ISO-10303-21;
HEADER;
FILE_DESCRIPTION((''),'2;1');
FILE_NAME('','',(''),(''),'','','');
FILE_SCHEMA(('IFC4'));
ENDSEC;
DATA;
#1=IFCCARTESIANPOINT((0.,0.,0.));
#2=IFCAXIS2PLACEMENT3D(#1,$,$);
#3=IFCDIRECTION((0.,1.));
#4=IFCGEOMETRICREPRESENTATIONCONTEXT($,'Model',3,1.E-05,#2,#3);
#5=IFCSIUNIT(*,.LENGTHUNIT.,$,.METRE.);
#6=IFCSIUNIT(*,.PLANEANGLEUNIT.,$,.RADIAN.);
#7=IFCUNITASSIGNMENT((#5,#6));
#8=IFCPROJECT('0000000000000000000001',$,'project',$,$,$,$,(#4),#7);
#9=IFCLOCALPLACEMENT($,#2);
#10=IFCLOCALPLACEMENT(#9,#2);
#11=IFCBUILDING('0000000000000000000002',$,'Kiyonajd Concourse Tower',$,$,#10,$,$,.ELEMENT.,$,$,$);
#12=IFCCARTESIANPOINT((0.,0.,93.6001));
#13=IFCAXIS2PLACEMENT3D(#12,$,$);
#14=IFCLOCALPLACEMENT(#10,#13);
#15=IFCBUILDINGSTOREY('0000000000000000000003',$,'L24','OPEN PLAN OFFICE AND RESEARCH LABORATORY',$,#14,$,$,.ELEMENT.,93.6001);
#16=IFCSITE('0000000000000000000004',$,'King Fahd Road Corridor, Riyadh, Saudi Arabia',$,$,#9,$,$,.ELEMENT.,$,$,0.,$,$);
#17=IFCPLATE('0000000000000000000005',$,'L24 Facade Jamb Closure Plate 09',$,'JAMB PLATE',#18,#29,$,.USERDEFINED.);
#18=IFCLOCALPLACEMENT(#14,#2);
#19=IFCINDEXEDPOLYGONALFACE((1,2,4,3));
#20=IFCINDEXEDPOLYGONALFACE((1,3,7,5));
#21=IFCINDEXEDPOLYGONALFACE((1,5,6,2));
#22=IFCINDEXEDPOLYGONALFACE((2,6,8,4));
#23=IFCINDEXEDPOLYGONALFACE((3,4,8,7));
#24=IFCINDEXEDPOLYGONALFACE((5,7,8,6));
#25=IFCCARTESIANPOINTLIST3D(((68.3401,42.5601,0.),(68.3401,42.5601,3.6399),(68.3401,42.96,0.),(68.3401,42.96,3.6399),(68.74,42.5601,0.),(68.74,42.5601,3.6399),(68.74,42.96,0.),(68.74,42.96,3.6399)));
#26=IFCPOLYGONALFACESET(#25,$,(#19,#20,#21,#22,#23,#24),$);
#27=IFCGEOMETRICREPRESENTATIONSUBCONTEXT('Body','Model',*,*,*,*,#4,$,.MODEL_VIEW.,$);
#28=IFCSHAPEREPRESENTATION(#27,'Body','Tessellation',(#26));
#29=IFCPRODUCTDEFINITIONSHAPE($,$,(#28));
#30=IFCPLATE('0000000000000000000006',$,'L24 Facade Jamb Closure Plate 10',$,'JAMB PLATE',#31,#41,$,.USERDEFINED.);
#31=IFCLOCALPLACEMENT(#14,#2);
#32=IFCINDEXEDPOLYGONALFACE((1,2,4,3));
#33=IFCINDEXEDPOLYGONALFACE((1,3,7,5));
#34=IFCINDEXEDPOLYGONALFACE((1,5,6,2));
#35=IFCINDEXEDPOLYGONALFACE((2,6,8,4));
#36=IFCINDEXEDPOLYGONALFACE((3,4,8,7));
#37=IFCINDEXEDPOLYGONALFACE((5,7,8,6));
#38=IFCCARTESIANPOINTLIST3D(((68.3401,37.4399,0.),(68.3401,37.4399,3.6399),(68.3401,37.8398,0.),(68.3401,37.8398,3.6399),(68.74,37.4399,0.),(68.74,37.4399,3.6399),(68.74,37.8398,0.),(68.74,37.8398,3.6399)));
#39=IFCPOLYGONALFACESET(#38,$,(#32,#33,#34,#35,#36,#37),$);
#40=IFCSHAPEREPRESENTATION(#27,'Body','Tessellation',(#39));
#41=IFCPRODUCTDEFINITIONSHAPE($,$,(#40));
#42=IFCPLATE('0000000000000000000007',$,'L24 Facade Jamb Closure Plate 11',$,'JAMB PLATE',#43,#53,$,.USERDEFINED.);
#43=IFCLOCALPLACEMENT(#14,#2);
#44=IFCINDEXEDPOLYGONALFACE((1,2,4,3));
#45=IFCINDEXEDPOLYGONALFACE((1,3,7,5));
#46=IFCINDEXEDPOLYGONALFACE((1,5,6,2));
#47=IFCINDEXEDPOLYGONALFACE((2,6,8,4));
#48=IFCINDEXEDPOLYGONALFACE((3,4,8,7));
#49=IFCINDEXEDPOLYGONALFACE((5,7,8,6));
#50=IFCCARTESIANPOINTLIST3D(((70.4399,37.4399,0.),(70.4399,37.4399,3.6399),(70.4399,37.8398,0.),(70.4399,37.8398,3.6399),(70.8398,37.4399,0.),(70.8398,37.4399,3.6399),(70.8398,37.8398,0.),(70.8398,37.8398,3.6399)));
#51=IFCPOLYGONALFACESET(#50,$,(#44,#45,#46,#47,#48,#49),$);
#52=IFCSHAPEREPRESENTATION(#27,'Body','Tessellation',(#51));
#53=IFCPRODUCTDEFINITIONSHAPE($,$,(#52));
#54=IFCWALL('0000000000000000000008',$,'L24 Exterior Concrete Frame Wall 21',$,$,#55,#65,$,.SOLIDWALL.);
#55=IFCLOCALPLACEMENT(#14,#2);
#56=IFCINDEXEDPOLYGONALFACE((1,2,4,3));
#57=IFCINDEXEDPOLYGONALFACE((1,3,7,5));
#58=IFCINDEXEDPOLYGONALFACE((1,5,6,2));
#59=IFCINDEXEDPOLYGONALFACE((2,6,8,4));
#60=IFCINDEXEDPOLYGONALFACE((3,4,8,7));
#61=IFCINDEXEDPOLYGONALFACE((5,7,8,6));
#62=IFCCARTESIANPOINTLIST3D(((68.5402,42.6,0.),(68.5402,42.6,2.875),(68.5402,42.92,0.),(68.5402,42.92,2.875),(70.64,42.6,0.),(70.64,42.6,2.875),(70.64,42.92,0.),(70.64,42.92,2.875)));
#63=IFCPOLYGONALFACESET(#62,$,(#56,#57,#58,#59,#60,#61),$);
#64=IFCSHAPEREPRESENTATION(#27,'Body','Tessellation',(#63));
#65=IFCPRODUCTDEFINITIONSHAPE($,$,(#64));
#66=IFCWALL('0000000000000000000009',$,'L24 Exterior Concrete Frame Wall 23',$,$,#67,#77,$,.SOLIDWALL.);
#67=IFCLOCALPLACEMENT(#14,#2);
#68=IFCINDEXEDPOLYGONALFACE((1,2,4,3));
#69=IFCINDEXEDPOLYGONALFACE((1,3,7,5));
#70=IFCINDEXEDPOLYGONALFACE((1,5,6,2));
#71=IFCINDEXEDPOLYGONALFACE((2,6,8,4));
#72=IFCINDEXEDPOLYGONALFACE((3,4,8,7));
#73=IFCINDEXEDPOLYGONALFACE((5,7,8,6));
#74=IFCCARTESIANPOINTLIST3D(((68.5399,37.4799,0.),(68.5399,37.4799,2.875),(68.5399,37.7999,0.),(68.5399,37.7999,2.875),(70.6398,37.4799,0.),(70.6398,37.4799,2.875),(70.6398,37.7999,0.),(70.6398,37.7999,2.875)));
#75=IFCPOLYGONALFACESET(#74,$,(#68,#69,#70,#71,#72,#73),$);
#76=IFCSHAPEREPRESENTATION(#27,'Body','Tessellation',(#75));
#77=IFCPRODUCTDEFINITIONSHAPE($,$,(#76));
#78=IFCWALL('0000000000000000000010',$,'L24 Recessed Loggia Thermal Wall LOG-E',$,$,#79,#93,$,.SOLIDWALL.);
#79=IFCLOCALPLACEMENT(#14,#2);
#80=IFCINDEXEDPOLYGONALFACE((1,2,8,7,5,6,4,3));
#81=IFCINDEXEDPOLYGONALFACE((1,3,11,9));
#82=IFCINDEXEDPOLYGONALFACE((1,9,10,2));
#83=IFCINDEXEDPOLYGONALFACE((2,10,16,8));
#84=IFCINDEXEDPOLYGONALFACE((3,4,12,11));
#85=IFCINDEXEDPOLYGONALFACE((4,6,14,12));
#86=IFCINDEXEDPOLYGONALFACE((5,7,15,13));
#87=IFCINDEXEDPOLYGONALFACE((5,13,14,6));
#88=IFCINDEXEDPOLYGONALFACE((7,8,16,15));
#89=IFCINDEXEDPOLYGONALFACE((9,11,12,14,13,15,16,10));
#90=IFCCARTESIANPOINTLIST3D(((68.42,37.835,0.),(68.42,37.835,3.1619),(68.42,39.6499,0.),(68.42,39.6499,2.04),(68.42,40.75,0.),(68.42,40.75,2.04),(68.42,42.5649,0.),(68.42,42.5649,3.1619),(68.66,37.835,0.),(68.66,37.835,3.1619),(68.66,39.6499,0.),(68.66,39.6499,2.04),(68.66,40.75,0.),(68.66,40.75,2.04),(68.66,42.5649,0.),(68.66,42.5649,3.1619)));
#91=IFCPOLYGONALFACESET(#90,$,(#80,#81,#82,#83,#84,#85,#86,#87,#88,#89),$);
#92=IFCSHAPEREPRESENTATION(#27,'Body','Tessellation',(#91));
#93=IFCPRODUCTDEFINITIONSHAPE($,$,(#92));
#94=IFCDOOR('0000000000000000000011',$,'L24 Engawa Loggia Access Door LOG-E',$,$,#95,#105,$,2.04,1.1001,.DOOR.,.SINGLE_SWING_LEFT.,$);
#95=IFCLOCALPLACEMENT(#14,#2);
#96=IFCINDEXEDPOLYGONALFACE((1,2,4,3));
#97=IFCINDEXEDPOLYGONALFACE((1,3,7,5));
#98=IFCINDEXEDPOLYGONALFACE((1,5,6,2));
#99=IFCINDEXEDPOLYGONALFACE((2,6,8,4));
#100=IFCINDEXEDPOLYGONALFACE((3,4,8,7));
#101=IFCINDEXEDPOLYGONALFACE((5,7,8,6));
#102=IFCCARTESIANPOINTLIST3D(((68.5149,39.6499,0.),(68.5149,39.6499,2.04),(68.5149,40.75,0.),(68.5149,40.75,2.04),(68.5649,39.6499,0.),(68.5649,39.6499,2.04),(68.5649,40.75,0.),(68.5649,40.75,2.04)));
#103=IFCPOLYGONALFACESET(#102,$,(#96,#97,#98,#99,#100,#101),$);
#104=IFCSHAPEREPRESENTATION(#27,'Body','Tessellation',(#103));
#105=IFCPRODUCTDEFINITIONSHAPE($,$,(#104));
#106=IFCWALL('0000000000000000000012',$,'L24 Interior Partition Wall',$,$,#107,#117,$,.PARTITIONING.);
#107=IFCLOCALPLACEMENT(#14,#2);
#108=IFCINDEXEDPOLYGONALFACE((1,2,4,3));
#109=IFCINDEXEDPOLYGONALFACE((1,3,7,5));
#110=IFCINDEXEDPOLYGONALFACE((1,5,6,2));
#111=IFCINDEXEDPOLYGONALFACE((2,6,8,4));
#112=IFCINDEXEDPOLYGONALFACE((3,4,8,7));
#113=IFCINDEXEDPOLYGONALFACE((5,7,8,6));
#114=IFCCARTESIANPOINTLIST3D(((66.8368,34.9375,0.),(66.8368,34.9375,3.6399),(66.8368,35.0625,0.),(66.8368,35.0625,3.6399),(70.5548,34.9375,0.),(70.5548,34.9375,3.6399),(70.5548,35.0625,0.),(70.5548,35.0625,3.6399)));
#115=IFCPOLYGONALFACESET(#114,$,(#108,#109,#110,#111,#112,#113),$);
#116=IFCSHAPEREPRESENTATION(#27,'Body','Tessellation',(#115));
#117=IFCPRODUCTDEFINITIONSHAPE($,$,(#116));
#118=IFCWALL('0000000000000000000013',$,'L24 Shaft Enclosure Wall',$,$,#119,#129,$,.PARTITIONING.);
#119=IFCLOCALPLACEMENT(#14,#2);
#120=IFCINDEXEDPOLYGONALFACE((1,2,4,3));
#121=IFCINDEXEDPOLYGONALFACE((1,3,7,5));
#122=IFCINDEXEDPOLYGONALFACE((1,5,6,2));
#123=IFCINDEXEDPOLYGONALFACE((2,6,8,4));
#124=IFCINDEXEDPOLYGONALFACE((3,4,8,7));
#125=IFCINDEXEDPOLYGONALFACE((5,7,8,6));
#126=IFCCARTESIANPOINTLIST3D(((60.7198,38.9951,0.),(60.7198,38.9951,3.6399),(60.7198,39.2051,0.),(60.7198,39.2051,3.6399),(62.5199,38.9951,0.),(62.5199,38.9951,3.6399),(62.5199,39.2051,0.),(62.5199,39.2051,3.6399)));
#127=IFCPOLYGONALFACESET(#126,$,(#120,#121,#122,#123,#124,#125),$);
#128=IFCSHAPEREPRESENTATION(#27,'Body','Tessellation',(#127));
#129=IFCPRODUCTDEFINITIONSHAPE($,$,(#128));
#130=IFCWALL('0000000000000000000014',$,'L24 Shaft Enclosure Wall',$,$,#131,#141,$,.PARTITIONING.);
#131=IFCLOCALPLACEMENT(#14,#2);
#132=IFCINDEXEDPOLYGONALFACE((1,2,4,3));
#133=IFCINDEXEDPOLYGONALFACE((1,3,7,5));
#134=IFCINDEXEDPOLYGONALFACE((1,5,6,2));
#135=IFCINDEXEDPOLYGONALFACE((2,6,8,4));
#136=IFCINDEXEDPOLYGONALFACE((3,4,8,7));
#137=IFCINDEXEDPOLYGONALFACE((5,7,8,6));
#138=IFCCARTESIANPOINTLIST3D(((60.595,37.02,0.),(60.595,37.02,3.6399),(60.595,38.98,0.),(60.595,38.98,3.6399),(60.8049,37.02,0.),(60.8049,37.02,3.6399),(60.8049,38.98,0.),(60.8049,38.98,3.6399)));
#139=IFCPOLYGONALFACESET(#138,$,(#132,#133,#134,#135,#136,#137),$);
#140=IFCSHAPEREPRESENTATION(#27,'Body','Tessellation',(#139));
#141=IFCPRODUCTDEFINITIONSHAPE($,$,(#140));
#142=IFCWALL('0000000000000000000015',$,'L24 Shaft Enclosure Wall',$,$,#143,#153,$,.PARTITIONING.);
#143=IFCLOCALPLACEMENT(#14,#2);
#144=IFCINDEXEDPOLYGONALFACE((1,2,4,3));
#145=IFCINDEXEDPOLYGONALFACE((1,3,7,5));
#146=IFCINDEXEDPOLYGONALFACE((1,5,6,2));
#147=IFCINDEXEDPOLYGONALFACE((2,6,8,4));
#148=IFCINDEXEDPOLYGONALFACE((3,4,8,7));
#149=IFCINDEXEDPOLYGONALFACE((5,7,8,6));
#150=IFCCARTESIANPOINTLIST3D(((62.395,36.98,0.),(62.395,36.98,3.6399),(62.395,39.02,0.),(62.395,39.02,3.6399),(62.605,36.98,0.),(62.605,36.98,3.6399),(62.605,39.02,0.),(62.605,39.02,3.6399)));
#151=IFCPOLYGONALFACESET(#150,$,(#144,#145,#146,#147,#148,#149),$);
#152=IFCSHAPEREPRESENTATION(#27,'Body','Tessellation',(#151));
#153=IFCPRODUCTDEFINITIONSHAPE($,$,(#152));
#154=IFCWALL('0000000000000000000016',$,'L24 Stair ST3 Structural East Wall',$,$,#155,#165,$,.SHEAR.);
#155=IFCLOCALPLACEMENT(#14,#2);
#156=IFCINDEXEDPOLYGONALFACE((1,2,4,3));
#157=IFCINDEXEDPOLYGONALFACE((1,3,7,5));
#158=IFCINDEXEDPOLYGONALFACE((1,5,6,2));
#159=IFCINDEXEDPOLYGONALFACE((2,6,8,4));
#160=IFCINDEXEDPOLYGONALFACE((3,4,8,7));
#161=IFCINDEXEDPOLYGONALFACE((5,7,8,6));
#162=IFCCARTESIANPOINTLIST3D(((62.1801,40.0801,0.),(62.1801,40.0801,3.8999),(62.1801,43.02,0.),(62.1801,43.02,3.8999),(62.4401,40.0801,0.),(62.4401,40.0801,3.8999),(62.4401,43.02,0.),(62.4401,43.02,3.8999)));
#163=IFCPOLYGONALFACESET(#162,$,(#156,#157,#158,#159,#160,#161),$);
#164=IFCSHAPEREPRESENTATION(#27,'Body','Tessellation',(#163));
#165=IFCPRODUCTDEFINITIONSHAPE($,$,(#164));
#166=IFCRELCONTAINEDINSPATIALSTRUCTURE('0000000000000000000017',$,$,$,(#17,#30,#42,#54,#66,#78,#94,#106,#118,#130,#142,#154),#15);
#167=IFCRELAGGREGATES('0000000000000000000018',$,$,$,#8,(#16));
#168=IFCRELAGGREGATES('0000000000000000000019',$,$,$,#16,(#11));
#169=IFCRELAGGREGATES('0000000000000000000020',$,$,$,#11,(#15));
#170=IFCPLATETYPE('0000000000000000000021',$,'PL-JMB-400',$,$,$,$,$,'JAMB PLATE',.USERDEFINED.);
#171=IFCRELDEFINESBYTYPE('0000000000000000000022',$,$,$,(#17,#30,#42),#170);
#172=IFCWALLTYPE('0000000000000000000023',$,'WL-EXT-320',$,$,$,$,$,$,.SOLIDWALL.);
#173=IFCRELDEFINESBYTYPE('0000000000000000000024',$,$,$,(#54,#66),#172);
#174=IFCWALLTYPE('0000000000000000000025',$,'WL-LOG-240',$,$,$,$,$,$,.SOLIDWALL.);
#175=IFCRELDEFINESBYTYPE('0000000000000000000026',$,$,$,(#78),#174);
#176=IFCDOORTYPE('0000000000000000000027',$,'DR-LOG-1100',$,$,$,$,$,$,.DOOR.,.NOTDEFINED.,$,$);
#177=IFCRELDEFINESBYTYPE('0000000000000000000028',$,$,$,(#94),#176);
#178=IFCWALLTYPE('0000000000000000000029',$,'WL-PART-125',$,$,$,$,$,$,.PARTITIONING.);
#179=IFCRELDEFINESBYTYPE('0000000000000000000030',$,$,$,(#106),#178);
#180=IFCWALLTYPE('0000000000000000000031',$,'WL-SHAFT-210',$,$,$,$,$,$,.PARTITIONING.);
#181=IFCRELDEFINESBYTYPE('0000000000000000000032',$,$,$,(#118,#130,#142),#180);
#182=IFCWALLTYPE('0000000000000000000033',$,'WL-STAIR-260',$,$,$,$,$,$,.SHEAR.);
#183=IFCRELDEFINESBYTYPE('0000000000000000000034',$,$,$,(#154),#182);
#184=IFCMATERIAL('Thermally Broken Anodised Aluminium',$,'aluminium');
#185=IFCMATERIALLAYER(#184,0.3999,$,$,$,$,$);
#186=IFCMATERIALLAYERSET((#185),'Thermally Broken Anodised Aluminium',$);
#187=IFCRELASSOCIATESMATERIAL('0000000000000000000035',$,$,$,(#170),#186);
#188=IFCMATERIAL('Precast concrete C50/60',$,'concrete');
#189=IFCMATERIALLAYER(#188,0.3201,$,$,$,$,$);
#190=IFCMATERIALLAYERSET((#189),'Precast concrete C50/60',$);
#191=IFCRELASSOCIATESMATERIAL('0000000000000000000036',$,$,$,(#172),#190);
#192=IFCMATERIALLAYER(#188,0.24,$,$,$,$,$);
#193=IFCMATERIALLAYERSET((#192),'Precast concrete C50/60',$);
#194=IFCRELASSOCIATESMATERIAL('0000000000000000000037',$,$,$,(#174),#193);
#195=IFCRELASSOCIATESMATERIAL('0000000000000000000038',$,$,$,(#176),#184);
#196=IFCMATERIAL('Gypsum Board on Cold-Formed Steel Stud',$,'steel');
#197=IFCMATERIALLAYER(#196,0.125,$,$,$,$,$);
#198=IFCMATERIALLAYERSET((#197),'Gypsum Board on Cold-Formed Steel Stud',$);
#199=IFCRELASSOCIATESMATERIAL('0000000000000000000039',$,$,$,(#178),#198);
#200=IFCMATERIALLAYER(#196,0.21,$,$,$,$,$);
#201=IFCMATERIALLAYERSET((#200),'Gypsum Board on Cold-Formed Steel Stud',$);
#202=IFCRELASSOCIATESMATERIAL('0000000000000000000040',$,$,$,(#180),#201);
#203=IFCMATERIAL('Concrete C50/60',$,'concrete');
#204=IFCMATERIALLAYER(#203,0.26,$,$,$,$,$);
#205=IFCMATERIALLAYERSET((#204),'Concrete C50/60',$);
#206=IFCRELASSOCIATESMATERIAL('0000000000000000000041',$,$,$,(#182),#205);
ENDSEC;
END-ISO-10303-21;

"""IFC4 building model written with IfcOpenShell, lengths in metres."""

from ifc_helpers import new_model, si_unit, direction, frame, frame_2d, origin, origin_2d, place, context, subcontext, project, spatial, rectangle, extrude, material, layer, layer_set, type_object, element, fill, save


model = new_model("IFC4")

# Units and contexts
model_context = context("Model", 3, precision=1e-05, world=origin(), true_north=direction((0.0, 1.0)))
body_context = subcontext(model_context, "Body", "Model", "MODEL_VIEW")
ifc_project = project(units=[si_unit("LENGTHUNIT", "METRE"), si_unit("PLANEANGLEUNIT", "RADIAN")], contexts=[model_context])

# Site, building, storey
site_placement = place(None, origin())
site = spatial("IfcSite", under=ifc_project, at=site_placement, Name="King Fahd Road Corridor, Riyadh, Saudi Arabia", CompositionType="ELEMENT", RefElevation=0.0)
building_placement = place(site_placement, origin())
building = spatial("IfcBuilding", under=site, at=building_placement, Name="Kiyonajd Concourse Tower", CompositionType="ELEMENT")
storey_placement = place(building_placement, frame((0.0, 0.0, 93.6001)))
storey = spatial("IfcBuildingStorey", under=building, at=storey_placement, Name="L24", Description="OPEN PLAN OFFICE AND RESEARCH LABORATORY", CompositionType="ELEMENT", Elevation=93.6001)

# Shared definitions
ifc_material_1 = material(Name="Precast concrete C50/60", Category="concrete")

# Shared definitions
ifc_material_2 = material(Name="Thermally Broken Anodised Aluminium", Category="aluminium")

# Plates
ifc_layer_1 = layer(ifc_material_2, 0.3999)
ifc_layer_set_1 = layer_set([ifc_layer_1], Name="Thermally Broken Anodised Aluminium")
plate_type_1 = type_object("IfcPlateType", Name="PL-JMB-400", ElementType="JAMB PLATE", PredefinedType="USERDEFINED", material=ifc_layer_set_1)
for number, where, z_axis, x_axis, name in (
    (1, (68.54, 42.76, 0.0), (0.0, 0.0, 1.0), (1.0, 0.0, 0.0), "L24 Facade Jamb Closure Plate 09"),
    (2, (68.54, 37.6399, 0.0), (0.0, 0.0, 1.0), (1.0, 0.0, 0.0), "L24 Facade Jamb Closure Plate 10"),
    (3, (70.6399, 37.6399, 0.0), (0.0, 0.0, 1.0), (1.0, 0.0, 0.0), "L24 Facade Jamb Closure Plate 11"),
):
    element("IfcPlate", number, at=place(storey_placement, frame(where, z_axis=z_axis, x_axis=x_axis)), inside=storey, type_object=plate_type_1, Name=name, ObjectType="JAMB PLATE", PredefinedType="USERDEFINED", context=body_context, shape_type="SweptSolid", body=[
        extrude(rectangle(XDim=0.3999, YDim=0.3999, at=origin_2d()), origin(), (0.0, 0.0, 1.0), 3.6399),
    ])

# Walls
ifc_layer_2 = layer(ifc_material_1, 0.3201)
ifc_layer_set_2 = layer_set([ifc_layer_2], Name="Precast concrete C50/60")
wall_type_1 = type_object("IfcWallType", Name="WL-EXT-320", PredefinedType="SOLIDWALL", material=ifc_layer_set_2)
for number, where, z_axis, x_axis, name in (
    (4, (70.6399, 42.76, 0.0), (0.0, 0.0, 1.0), (-1.0, 0.0, 0.0), "L24 Exterior Concrete Frame Wall 21"),
    (5, (68.54, 37.6399, 0.0), (0.0, 0.0, 1.0), (1.0, 0.0, 0.0), "L24 Exterior Concrete Frame Wall 23"),
):
    element("IfcWall", number, at=place(storey_placement, frame(where, z_axis=z_axis, x_axis=x_axis)), inside=storey, type_object=wall_type_1, Name=name, PredefinedType="SOLIDWALL", context=body_context, shape_type="SweptSolid", body=[
        extrude(rectangle(XDim=2.0999, YDim=0.3201, at=frame_2d((1.0498, 0.0))), origin(), (0.0, 0.0, 1.0), 2.875),
    ])

# Wall, opening, door
ifc_layer_3 = layer(ifc_material_1, 0.24)
ifc_layer_set_3 = layer_set([ifc_layer_3], Name="Precast concrete C50/60")
wall_type_2 = type_object("IfcWallType", Name="WL-LOG-240", PredefinedType="SOLIDWALL", material=ifc_layer_set_3)
wall_1_placement = place(storey_placement, frame((68.54, 42.5649, 0.0), z_axis=(0.0, 0.0, 1.0), x_axis=(0.0, -1.0, 0.0)))
wall_1 = element("IfcWall", 6, at=wall_1_placement, inside=storey, type_object=wall_type_2, Name="L24 Recessed Loggia Thermal Wall LOG-E", PredefinedType="SOLIDWALL", context=body_context, shape_type="SweptSolid", body=[
    extrude(rectangle(XDim=4.73, YDim=0.24, at=frame_2d((2.365, 0.0))), origin(), (0.0, 0.0, 1.0), 3.1619),
])
opening_placement = place(wall_1_placement, frame((1.8149, 0.0, 0.0)))
opening = element("IfcOpeningElement", 7, at=opening_placement, cuts=wall_1, PredefinedType="OPENING", context=body_context, shape_type="SweptSolid", body=[
    extrude(rectangle(XDim=1.1001, YDim=2.04, at=frame_2d((0.55, 1.02))), frame((0.0, 0.1299, 0.0), z_axis=(0.0, -1.0, 0.0), x_axis=(1.0, 0.0, 0.0)), (0.0, 0.0, 1.0), 0.26),
])
door_type = type_object("IfcDoorType", Name="DR-LOG-1100", OperationType="NOTDEFINED", PredefinedType="DOOR", material=ifc_material_2)
door_placement = place(opening_placement, origin())
door = element("IfcDoor", 8, at=door_placement, inside=storey, type_object=door_type, Name="L24 Engawa Loggia Access Door LOG-E", OperationType="SINGLE_SWING_LEFT", OverallHeight=2.04, OverallWidth=1.1001, PredefinedType="DOOR", context=body_context, shape_type="SweptSolid", body=[
    extrude(rectangle(XDim=1.1001, YDim=2.04, at=frame_2d((0.55, 1.02))), frame((0.0, 0.0249, 0.0), z_axis=(0.0, -1.0, 0.0), x_axis=(1.0, 0.0, 0.0)), (0.0, 0.0, 1.0), 0.05),
])
fill(opening, door)

# Walls
ifc_material_3 = material(Name="Gypsum Board on Cold-Formed Steel Stud", Category="steel")
ifc_layer_4 = layer(ifc_material_3, 0.125)
ifc_layer_set_4 = layer_set([ifc_layer_4], Name="Gypsum Board on Cold-Formed Steel Stud")
wall_type_3 = type_object("IfcWallType", Name="WL-PART-125", PredefinedType="PARTITIONING", material=ifc_layer_set_4)
wall_2_placement = place(storey_placement, frame((66.8369, 35.0, 0.0), z_axis=(0.0, 0.0, 1.0), x_axis=(1.0, 0.0, 0.0)))
element("IfcWall", 9, at=wall_2_placement, inside=storey, type_object=wall_type_3, Name="L24 Interior Partition Wall", PredefinedType="PARTITIONING", context=body_context, shape_type="SweptSolid", body=[
    extrude(rectangle(XDim=3.718, YDim=0.125, at=frame_2d((1.8589, 0.0))), origin(), (0.0, 0.0, 1.0), 3.6399),
])
ifc_layer_5 = layer(ifc_material_3, 0.21)
ifc_layer_set_5 = layer_set([ifc_layer_5], Name="Gypsum Board on Cold-Formed Steel Stud")
wall_type_4 = type_object("IfcWallType", Name="WL-SHAFT-210", PredefinedType="PARTITIONING", material=ifc_layer_set_5)
wall_3_placement = place(storey_placement, frame((60.72, 39.1001, 0.0), z_axis=(0.0, 0.0, 1.0), x_axis=(1.0, 0.0, 0.0)))
element("IfcWall", 10, at=wall_3_placement, inside=storey, type_object=wall_type_4, Name="L24 Shaft Enclosure Wall", PredefinedType="PARTITIONING", context=body_context, shape_type="SweptSolid", body=[
    extrude(rectangle(XDim=1.8, YDim=0.21, at=frame_2d((0.8999, 0.0))), origin(), (0.0, 0.0, 1.0), 3.6399),
])
wall_4_placement = place(storey_placement, frame((60.7, 37.02, 0.0), z_axis=(0.0, 0.0, 1.0), x_axis=(0.0, 1.0, 0.0)))
element("IfcWall", 11, at=wall_4_placement, inside=storey, type_object=wall_type_4, Name="L24 Shaft Enclosure Wall", PredefinedType="PARTITIONING", context=body_context, shape_type="SweptSolid", body=[
    extrude(rectangle(XDim=1.96, YDim=0.21, at=frame_2d((0.98, 0.0))), origin(), (0.0, 0.0, 1.0), 3.6399),
])
wall_5_placement = place(storey_placement, frame((62.5, 36.98, 0.0), z_axis=(0.0, 0.0, 1.0), x_axis=(0.0, 1.0, 0.0)))
element("IfcWall", 12, at=wall_5_placement, inside=storey, type_object=wall_type_4, Name="L24 Shaft Enclosure Wall", PredefinedType="PARTITIONING", context=body_context, shape_type="SweptSolid", body=[
    extrude(rectangle(XDim=2.04, YDim=0.21, at=frame_2d((1.02, 0.0))), origin(), (0.0, 0.0, 1.0), 3.6399),
])
ifc_material_4 = material(Name="Concrete C50/60", Category="concrete")
ifc_layer_6 = layer(ifc_material_4, 0.26)
ifc_layer_set_6 = layer_set([ifc_layer_6], Name="Concrete C50/60")
wall_type_5 = type_object("IfcWallType", Name="WL-STAIR-260", PredefinedType="SHEAR", material=ifc_layer_set_6)
wall_6_placement = place(storey_placement, frame((62.3101, 40.0801, 0.0), z_axis=(0.0, 0.0, 1.0), x_axis=(0.0, 1.0, 0.0)))
element("IfcWall", 13, at=wall_6_placement, inside=storey, type_object=wall_type_5, Name="L24 Stair ST3 Structural East Wall", PredefinedType="SHEAR", context=body_context, shape_type="SweptSolid", body=[
    extrude(rectangle(XDim=2.9399, YDim=0.26, at=frame_2d((1.47, 0.0))), origin(), (0.0, 0.0, 1.0), 3.8999),
])

save(model, "model.ifc")
